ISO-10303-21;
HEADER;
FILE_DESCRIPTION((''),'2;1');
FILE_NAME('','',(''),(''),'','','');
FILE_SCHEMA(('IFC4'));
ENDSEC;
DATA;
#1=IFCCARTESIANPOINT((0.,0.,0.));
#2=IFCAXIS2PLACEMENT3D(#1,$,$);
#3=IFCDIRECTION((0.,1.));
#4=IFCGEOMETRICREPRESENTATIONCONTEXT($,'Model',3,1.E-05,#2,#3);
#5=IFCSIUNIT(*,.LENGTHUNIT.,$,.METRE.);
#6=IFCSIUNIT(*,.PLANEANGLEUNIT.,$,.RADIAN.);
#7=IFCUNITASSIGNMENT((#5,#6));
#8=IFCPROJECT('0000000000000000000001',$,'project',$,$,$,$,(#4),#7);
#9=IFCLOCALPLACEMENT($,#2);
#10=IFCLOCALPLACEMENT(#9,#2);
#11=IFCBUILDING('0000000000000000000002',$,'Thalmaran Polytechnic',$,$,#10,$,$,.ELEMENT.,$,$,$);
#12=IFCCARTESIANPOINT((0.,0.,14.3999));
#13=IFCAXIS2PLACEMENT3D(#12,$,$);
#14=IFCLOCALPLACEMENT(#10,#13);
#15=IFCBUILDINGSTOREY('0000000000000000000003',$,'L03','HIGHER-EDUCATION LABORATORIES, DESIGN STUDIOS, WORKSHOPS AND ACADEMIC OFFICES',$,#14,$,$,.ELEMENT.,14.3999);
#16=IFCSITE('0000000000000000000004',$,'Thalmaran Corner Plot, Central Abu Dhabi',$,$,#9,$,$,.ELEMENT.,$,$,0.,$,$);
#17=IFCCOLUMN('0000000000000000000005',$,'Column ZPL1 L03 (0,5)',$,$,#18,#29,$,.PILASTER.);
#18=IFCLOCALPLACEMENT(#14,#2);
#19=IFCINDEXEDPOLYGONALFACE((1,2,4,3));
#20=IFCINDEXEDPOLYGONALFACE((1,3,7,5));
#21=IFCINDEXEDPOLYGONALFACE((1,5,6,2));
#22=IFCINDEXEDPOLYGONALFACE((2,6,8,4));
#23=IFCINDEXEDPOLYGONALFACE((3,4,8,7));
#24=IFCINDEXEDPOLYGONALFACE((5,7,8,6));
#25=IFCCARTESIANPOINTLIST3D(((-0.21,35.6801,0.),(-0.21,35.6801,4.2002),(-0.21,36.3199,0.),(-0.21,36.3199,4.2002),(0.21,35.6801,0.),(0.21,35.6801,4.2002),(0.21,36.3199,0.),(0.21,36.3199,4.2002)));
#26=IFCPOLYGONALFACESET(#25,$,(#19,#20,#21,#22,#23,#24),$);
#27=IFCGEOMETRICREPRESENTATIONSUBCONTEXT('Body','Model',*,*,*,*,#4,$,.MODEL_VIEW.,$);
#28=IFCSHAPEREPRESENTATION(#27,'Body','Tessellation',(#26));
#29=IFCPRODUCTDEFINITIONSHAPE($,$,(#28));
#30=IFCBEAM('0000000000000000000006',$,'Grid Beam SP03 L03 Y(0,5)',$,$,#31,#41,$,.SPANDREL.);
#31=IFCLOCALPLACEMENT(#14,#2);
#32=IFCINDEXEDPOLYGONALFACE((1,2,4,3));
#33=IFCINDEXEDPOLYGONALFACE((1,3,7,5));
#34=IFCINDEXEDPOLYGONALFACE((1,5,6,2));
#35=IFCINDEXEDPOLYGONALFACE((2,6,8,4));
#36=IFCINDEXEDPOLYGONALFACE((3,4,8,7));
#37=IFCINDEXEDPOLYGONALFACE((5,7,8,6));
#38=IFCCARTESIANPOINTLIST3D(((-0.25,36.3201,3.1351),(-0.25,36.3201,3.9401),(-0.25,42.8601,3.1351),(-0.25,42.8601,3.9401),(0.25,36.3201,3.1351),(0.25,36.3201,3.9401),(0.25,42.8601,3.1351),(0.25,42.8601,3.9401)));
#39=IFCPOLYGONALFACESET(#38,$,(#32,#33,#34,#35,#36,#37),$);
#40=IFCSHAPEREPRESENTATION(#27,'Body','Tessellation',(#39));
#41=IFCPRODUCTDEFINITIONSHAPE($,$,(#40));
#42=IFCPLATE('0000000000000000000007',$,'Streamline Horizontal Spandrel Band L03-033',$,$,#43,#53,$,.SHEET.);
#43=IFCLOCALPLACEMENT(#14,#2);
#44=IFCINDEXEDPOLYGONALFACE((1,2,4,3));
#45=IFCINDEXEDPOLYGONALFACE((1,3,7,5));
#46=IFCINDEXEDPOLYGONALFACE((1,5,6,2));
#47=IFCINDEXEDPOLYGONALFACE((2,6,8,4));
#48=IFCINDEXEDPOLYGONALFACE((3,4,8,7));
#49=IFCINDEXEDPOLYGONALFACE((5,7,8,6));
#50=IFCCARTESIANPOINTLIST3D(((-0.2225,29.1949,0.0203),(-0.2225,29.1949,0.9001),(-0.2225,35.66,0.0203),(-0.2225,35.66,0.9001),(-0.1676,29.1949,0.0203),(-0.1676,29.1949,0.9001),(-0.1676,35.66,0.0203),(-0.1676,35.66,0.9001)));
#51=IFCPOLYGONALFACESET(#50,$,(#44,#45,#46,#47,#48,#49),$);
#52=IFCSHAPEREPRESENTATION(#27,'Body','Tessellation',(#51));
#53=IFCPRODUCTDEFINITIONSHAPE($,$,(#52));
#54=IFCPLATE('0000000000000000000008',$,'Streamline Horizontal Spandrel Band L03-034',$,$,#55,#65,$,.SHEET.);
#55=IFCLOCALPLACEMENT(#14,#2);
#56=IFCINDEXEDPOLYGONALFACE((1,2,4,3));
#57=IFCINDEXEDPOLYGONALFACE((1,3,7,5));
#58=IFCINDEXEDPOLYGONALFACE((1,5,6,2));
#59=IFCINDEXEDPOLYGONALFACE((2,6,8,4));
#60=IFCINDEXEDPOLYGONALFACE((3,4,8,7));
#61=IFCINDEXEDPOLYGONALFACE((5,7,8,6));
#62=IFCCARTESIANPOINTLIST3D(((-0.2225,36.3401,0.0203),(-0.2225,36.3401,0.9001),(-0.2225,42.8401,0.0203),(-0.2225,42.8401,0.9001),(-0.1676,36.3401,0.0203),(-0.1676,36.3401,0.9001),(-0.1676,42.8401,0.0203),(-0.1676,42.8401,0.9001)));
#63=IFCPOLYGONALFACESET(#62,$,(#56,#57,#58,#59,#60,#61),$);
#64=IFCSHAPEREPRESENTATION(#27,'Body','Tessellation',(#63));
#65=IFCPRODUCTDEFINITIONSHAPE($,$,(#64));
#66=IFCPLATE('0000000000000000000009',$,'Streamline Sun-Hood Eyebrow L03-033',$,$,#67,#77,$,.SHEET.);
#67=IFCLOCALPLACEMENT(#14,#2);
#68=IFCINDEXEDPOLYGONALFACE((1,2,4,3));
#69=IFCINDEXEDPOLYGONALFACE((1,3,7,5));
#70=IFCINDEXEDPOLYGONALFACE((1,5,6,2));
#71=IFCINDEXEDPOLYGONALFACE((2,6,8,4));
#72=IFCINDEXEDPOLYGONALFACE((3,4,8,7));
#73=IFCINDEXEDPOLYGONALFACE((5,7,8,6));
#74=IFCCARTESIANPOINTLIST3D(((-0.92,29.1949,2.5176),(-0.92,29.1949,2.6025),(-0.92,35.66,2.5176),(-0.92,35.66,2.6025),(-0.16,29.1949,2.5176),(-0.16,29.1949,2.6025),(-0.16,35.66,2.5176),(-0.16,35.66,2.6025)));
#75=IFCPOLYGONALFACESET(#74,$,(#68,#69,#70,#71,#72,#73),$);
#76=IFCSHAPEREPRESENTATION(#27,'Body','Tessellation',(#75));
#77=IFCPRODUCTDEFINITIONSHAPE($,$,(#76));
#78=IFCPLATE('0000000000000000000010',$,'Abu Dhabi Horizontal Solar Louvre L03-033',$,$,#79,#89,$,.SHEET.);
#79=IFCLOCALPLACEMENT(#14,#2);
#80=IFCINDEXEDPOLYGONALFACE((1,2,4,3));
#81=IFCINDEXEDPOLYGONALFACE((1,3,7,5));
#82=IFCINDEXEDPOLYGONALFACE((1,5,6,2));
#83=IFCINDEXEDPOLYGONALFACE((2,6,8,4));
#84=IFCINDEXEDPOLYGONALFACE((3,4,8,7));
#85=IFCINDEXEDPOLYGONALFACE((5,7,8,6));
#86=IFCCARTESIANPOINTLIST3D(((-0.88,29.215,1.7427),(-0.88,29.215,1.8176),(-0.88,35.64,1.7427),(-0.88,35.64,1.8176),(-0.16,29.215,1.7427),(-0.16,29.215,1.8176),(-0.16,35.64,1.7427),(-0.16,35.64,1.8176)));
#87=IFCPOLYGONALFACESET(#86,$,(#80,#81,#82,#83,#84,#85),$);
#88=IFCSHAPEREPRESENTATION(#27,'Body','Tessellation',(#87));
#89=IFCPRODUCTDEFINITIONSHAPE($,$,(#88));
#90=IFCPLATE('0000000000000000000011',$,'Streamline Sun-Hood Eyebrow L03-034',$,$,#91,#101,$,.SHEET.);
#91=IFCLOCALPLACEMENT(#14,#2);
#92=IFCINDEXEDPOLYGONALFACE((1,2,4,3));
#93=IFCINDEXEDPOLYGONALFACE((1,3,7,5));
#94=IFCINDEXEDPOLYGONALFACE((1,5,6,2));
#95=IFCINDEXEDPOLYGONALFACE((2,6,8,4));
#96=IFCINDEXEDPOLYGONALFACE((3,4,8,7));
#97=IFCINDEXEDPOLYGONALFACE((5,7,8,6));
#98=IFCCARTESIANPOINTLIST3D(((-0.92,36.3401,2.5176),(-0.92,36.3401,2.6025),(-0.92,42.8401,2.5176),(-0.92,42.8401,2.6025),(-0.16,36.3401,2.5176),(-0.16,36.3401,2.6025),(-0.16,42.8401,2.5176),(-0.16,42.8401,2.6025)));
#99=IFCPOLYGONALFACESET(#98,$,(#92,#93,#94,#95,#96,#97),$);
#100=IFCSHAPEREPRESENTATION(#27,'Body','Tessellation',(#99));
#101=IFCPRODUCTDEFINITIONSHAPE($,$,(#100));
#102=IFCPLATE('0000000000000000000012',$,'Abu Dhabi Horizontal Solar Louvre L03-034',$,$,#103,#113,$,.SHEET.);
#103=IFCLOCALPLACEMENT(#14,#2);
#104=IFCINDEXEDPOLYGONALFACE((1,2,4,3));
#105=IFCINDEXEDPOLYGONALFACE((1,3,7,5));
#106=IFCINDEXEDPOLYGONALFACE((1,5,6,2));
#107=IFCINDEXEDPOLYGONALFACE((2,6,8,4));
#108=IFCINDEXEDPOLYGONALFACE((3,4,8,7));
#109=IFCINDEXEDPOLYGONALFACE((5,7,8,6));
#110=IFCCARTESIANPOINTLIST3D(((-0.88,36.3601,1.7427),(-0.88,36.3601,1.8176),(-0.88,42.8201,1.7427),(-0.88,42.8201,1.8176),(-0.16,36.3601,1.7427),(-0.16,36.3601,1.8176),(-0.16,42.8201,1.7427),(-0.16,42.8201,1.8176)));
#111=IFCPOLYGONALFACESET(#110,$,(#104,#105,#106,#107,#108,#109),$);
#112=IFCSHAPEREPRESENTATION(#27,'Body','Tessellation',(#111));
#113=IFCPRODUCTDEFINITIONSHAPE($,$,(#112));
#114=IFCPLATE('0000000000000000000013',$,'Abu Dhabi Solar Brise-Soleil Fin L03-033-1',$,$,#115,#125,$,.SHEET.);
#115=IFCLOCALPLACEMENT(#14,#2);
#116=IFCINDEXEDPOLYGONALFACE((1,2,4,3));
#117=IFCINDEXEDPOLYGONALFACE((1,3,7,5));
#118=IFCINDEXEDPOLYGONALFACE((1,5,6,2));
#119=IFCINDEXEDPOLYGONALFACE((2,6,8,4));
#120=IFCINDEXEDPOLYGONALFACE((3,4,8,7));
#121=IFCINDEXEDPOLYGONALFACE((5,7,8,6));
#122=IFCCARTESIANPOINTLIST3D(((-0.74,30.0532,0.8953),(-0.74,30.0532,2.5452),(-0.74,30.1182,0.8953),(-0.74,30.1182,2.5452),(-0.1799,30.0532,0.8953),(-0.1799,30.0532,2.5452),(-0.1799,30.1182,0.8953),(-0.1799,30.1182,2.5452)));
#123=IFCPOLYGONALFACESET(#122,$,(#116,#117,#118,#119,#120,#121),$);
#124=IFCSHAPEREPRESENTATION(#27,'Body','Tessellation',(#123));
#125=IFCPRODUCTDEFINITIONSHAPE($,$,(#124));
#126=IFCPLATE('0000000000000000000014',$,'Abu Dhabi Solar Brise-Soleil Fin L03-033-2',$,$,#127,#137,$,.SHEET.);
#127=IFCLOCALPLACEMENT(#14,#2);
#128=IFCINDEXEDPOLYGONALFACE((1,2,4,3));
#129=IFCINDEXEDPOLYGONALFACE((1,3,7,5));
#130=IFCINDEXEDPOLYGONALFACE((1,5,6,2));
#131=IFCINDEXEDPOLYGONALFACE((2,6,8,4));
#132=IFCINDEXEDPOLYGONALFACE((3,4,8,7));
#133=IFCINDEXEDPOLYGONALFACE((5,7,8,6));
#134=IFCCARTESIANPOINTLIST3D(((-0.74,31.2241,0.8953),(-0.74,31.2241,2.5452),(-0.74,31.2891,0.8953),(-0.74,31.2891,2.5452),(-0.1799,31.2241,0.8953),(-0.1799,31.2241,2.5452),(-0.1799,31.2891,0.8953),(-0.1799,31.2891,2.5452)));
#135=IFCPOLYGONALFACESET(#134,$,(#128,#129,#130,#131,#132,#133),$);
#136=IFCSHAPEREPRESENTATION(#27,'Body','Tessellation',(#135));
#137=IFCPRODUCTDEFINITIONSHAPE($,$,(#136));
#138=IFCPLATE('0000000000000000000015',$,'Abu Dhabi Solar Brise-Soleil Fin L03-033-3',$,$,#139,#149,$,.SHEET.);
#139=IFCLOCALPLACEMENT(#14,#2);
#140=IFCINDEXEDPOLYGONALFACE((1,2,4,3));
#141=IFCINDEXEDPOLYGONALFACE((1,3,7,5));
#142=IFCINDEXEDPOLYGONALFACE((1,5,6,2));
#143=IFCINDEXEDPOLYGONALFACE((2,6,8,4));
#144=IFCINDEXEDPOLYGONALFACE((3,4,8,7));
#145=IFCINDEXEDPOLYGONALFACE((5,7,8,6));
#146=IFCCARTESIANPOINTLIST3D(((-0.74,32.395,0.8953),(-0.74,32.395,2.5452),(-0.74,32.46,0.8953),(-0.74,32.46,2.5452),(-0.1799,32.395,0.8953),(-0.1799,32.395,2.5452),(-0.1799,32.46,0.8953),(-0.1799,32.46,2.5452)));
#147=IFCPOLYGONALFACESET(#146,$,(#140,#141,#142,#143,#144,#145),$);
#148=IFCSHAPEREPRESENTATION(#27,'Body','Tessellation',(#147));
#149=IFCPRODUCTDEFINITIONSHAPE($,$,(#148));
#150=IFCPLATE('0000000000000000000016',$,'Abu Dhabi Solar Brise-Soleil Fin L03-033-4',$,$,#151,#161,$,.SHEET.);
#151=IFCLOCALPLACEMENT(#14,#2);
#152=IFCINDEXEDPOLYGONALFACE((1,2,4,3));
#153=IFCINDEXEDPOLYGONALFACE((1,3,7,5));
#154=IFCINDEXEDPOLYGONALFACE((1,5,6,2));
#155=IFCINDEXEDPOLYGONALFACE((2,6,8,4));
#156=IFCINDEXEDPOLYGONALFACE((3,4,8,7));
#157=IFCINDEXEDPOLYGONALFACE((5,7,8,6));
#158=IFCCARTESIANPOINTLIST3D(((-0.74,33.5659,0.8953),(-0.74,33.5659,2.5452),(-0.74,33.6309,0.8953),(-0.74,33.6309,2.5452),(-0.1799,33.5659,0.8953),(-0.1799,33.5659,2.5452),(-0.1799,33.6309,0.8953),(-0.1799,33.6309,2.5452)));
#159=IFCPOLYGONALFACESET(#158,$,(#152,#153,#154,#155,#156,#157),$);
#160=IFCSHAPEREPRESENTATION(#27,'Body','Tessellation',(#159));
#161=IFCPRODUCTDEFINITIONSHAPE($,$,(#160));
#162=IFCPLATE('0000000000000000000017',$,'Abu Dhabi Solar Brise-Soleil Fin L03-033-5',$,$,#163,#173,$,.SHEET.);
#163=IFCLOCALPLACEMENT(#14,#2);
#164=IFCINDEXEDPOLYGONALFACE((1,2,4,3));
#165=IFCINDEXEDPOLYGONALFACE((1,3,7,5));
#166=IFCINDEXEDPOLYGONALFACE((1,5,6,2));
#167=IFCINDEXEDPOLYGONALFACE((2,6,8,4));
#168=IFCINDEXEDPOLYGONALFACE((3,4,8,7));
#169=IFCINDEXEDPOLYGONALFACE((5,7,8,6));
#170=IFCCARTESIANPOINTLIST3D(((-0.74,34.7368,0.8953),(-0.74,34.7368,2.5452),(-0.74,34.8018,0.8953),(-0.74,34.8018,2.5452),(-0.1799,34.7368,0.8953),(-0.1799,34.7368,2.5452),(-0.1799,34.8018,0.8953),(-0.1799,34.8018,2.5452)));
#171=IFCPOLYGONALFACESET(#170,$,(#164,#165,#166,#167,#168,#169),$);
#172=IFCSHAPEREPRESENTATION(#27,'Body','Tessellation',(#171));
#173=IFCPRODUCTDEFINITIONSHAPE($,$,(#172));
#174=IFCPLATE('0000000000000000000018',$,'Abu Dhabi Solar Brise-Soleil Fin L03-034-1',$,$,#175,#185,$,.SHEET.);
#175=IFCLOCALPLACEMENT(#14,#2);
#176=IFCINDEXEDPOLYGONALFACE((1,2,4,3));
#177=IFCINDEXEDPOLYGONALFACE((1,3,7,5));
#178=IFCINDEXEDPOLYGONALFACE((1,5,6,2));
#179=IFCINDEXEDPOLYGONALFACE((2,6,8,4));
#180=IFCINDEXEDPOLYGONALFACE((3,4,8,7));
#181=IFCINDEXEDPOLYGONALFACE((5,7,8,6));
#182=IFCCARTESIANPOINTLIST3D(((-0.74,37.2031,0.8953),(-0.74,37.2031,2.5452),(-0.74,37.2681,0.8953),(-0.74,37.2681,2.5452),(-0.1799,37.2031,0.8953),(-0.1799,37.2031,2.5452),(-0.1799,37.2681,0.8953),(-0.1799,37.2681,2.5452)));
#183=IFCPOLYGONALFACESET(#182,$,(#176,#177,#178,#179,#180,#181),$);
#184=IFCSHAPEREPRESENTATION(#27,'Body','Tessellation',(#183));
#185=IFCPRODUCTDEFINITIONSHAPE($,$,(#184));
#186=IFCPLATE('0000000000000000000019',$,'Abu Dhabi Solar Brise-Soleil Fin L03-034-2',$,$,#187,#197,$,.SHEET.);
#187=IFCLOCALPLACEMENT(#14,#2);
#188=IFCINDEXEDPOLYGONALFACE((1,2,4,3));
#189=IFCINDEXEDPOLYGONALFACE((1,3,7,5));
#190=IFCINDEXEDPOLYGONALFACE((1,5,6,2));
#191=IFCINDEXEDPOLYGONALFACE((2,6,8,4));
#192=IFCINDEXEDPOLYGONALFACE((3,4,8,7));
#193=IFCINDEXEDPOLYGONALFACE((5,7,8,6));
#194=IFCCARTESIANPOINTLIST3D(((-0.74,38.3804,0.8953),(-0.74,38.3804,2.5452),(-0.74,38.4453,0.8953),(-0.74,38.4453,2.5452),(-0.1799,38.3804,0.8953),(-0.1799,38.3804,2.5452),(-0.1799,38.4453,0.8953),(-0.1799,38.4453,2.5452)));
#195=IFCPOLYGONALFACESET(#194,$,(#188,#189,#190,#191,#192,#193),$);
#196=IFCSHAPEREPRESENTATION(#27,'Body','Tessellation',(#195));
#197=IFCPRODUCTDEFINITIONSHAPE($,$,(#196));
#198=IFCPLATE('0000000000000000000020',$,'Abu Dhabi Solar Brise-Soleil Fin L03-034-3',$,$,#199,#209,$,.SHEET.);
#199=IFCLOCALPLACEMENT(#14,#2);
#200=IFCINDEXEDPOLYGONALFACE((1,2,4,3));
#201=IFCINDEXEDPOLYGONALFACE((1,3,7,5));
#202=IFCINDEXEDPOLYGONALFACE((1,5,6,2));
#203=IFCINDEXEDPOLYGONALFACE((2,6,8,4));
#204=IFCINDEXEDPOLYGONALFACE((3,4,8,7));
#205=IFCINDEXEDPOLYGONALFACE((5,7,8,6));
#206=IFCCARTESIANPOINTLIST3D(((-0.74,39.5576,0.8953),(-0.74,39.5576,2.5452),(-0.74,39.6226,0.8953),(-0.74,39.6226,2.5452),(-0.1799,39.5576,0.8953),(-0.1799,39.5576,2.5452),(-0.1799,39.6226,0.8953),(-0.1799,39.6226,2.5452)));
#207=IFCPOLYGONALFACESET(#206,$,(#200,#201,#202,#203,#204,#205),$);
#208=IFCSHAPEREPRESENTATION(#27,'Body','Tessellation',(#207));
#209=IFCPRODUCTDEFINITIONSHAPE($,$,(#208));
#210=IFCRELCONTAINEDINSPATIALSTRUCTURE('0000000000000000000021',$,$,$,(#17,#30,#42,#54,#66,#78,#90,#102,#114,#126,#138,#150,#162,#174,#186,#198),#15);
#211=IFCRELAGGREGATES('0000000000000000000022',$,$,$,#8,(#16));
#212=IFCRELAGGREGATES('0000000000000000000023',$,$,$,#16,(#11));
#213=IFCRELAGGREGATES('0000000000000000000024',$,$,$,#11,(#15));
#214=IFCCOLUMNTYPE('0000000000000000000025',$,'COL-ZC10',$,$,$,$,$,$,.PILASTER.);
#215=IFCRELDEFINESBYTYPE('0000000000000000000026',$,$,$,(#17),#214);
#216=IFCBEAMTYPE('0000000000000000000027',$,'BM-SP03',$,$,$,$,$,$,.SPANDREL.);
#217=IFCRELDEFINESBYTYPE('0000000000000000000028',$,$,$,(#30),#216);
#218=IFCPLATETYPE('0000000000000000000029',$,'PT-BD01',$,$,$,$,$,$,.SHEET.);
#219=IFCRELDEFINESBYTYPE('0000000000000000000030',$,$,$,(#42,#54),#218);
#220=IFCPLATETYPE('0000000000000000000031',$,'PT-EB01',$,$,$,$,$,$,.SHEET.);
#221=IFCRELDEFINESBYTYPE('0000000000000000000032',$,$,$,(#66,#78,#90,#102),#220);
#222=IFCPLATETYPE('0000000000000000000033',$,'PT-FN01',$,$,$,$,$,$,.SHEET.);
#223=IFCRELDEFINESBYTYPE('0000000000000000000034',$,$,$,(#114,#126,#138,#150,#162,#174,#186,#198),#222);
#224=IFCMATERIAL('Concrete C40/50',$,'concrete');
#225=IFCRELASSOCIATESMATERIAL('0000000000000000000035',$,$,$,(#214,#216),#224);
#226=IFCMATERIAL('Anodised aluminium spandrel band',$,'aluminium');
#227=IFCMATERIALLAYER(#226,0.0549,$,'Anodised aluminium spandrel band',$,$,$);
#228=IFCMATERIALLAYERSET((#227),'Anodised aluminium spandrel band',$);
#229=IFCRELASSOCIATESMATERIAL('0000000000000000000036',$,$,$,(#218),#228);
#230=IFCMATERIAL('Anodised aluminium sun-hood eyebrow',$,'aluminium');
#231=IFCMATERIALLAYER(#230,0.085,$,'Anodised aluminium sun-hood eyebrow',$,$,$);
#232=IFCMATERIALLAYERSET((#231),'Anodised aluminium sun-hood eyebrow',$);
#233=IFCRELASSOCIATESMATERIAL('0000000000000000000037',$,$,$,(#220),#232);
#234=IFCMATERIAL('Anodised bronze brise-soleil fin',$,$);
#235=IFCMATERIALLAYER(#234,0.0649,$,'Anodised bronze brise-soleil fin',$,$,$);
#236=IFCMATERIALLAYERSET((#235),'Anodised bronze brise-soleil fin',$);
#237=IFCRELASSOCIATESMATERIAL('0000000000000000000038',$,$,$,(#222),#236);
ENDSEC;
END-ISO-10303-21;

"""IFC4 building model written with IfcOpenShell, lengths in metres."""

from ifc_helpers import new_model, si_unit, direction, frame, origin, origin_2d, place, context, subcontext, project, spatial, rectangle, extrude, material, layer, layer_set, material_profile, profile_set, type_object, element, save


model = new_model("IFC4")

# Units and contexts
model_context = context("Model", 3, precision=1e-05, world=origin(), true_north=direction((0.0, 1.0)))
body_context = subcontext(model_context, "Body", "Model", "MODEL_VIEW")
ifc_project = project(units=[si_unit("LENGTHUNIT", "METRE"), si_unit("PLANEANGLEUNIT", "RADIAN")], contexts=[model_context])

# Site, building, storey
site_placement = place(None, origin())
site = spatial("IfcSite", under=ifc_project, at=site_placement, Name="Thalmaran Corner Plot, Central Abu Dhabi", CompositionType="ELEMENT", RefElevation=0.0)
building_placement = place(site_placement, origin())
building = spatial("IfcBuilding", under=site, at=building_placement, Name="Thalmaran Polytechnic", CompositionType="ELEMENT")
storey_placement = place(building_placement, frame((0.0, 0.0, 14.3999)))
storey = spatial("IfcBuildingStorey", under=building, at=storey_placement, Name="L03", Description="HIGHER-EDUCATION LABORATORIES, DESIGN STUDIOS, WORKSHOPS AND ACADEMIC OFFICES", CompositionType="ELEMENT", Elevation=14.3999)

# Column
ifc_material_1 = material(Name="Concrete C40/50", Category="concrete")
ifc_material_profile_1 = material_profile(ifc_material_1, rectangle(XDim=0.4199, YDim=0.6399, at=origin_2d()), Name="RC 420x640")
ifc_profile_set_1 = profile_set([ifc_material_profile_1], Name="Concrete C40/50")
column_type = type_object("IfcColumnType", Name="COL-ZC10", PredefinedType="PILASTER", material=ifc_profile_set_1)
column_placement = place(storey_placement, frame((0.0, 36.0, 0.0), z_axis=(0.0, 0.0, 1.0), x_axis=(1.0, 0.0, 0.0)))
element("IfcColumn", 1, at=column_placement, inside=storey, type_object=column_type, Name="Column ZPL1 L03 (0,5)", PredefinedType="PILASTER", context=body_context, shape_type="SweptSolid", body=[
    extrude(rectangle(XDim=0.4199, YDim=0.6399, at=origin_2d()), origin(), (0.0, 0.0, 1.0), 4.2002),
])

# Beam
ifc_material_profile_2 = material_profile(ifc_material_1, rectangle(XDim=0.5, YDim=0.8049, at=origin_2d()), Name="RC 500x805")
ifc_profile_set_2 = profile_set([ifc_material_profile_2], Name="Concrete C40/50")
beam_type = type_object("IfcBeamType", Name="BM-SP03", PredefinedType="SPANDREL", material=ifc_profile_set_2)
beam_placement = place(storey_placement, frame((0.0, 36.3201, 3.5376), z_axis=(0.0, 1.0, 0.0), x_axis=(-1.0, 0.0, 0.0)))
element("IfcBeam", 2, at=beam_placement, inside=storey, type_object=beam_type, Name="Grid Beam SP03 L03 Y(0,5)", PredefinedType="SPANDREL", context=body_context, shape_type="SweptSolid", body=[
    extrude(rectangle(XDim=0.5, YDim=0.8049, at=origin_2d()), origin(), (0.0, 0.0, 1.0), 6.54),
])

# Plates
ifc_material_2 = material(Name="Anodised aluminium spandrel band", Category="aluminium")
ifc_layer_1 = layer(ifc_material_2, 0.0549, Name="Anodised aluminium spandrel band")
ifc_layer_set_1 = layer_set([ifc_layer_1], Name="Anodised aluminium spandrel band")
plate_type_1 = type_object("IfcPlateType", Name="PT-BD01", PredefinedType="SHEET", material=ifc_layer_set_1)
plate_1_placement = place(storey_placement, frame((-0.1951, 32.4275, 0.0203), z_axis=(0.0, 0.0, 1.0), x_axis=(0.0, 1.0, 0.0)))
element("IfcPlate", 3, at=plate_1_placement, inside=storey, type_object=plate_type_1, Name="Streamline Horizontal Spandrel Band L03-033", PredefinedType="SHEET", context=body_context, shape_type="SweptSolid", body=[
    extrude(rectangle(XDim=6.4651, YDim=0.0549, at=origin_2d()), origin(), (0.0, 0.0, 1.0), 0.8799),
])
plate_2_placement = place(storey_placement, frame((-0.1951, 39.5901, 0.0203), z_axis=(0.0, 0.0, 1.0), x_axis=(0.0, 1.0, 0.0)))
element("IfcPlate", 4, at=plate_2_placement, inside=storey, type_object=plate_type_1, Name="Streamline Horizontal Spandrel Band L03-034", PredefinedType="SHEET", context=body_context, shape_type="SweptSolid", body=[
    extrude(rectangle(XDim=6.5, YDim=0.0549, at=origin_2d()), origin(), (0.0, 0.0, 1.0), 0.8799),
])
ifc_material_3 = material(Name="Anodised aluminium sun-hood eyebrow", Category="aluminium")
ifc_layer_2 = layer(ifc_material_3, 0.085, Name="Anodised aluminium sun-hood eyebrow")
ifc_layer_set_2 = layer_set([ifc_layer_2], Name="Anodised aluminium sun-hood eyebrow")
plate_type_2 = type_object("IfcPlateType", Name="PT-EB01", PredefinedType="SHEET", material=ifc_layer_set_2)
plate_3_placement = place(storey_placement, frame((-0.54, 32.4275, 2.5176), z_axis=(0.0, 0.0, 1.0), x_axis=(0.0, 1.0, 0.0)))
element("IfcPlate", 5, at=plate_3_placement, inside=storey, type_object=plate_type_2, Name="Streamline Sun-Hood Eyebrow L03-033", PredefinedType="SHEET", context=body_context, shape_type="SweptSolid", body=[
    extrude(rectangle(XDim=6.4651, YDim=0.76, at=origin_2d()), origin(), (0.0, 0.0, 1.0), 0.085),
])
plate_4_placement = place(storey_placement, frame((-0.52, 32.4275, 1.7427), z_axis=(0.0, 0.0, 1.0), x_axis=(0.0, 1.0, 0.0)))
element("IfcPlate", 6, at=plate_4_placement, inside=storey, type_object=plate_type_2, Name="Abu Dhabi Horizontal Solar Louvre L03-033", PredefinedType="SHEET", context=body_context, shape_type="SweptSolid", body=[
    extrude(rectangle(XDim=6.425, YDim=0.72, at=origin_2d()), origin(), (0.0, 0.0, 1.0), 0.075),
])
plate_5_placement = place(storey_placement, frame((-0.54, 39.5901, 2.5176), z_axis=(0.0, 0.0, 1.0), x_axis=(0.0, 1.0, 0.0)))
element("IfcPlate", 7, at=plate_5_placement, inside=storey, type_object=plate_type_2, Name="Streamline Sun-Hood Eyebrow L03-034", PredefinedType="SHEET", context=body_context, shape_type="SweptSolid", body=[
    extrude(rectangle(XDim=6.5, YDim=0.76, at=origin_2d()), origin(), (0.0, 0.0, 1.0), 0.085),
])
plate_6_placement = place(storey_placement, frame((-0.52, 39.5901, 1.7427), z_axis=(0.0, 0.0, 1.0), x_axis=(0.0, 1.0, 0.0)))
element("IfcPlate", 8, at=plate_6_placement, inside=storey, type_object=plate_type_2, Name="Abu Dhabi Horizontal Solar Louvre L03-034", PredefinedType="SHEET", context=body_context, shape_type="SweptSolid", body=[
    extrude(rectangle(XDim=6.46, YDim=0.72, at=origin_2d()), origin(), (0.0, 0.0, 1.0), 0.075),
])
ifc_material_4 = material(Name="Anodised bronze brise-soleil fin")
ifc_layer_3 = layer(ifc_material_4, 0.0649, Name="Anodised bronze brise-soleil fin")
ifc_layer_set_3 = layer_set([ifc_layer_3], Name="Anodised bronze brise-soleil fin")
plate_type_3 = type_object("IfcPlateType", Name="PT-FN01", PredefinedType="SHEET", material=ifc_layer_set_3)
for number, where, z_axis, x_axis, name in (
    (9, (-0.46, 30.0857, 0.8953), (0.0, 0.0, 1.0), (0.0, 1.0, 0.0), "Abu Dhabi Solar Brise-Soleil Fin L03-033-1"),
    (10, (-0.46, 31.2566, 0.8953), (0.0, 0.0, 1.0), (0.0, 1.0, 0.0), "Abu Dhabi Solar Brise-Soleil Fin L03-033-2"),
    (11, (-0.46, 32.4275, 0.8953), (0.0, 0.0, 1.0), (0.0, 1.0, 0.0), "Abu Dhabi Solar Brise-Soleil Fin L03-033-3"),
    (12, (-0.46, 33.5984, 0.8953), (0.0, 0.0, 1.0), (0.0, 1.0, 0.0), "Abu Dhabi Solar Brise-Soleil Fin L03-033-4"),
    (13, (-0.46, 34.7693, 0.8953), (0.0, 0.0, 1.0), (0.0, 1.0, 0.0), "Abu Dhabi Solar Brise-Soleil Fin L03-033-5"),
    (14, (-0.46, 37.2356, 0.8953), (0.0, 0.0, 1.0), (0.0, 1.0, 0.0), "Abu Dhabi Solar Brise-Soleil Fin L03-034-1"),
    (15, (-0.46, 38.4128, 0.8953), (0.0, 0.0, 1.0), (0.0, 1.0, 0.0), "Abu Dhabi Solar Brise-Soleil Fin L03-034-2"),
    (16, (-0.46, 39.5901, 0.8953), (0.0, 0.0, 1.0), (0.0, 1.0, 0.0), "Abu Dhabi Solar Brise-Soleil Fin L03-034-3"),
):
    element("IfcPlate", number, at=place(storey_placement, frame(where, z_axis=z_axis, x_axis=x_axis)), inside=storey, type_object=plate_type_3, Name=name, PredefinedType="SHEET", context=body_context, shape_type="SweptSolid", body=[
        extrude(rectangle(XDim=0.0649, YDim=0.5601, at=origin_2d()), origin(), (0.0, 0.0, 1.0), 1.6499),
    ])

save(model, "model.ifc")
